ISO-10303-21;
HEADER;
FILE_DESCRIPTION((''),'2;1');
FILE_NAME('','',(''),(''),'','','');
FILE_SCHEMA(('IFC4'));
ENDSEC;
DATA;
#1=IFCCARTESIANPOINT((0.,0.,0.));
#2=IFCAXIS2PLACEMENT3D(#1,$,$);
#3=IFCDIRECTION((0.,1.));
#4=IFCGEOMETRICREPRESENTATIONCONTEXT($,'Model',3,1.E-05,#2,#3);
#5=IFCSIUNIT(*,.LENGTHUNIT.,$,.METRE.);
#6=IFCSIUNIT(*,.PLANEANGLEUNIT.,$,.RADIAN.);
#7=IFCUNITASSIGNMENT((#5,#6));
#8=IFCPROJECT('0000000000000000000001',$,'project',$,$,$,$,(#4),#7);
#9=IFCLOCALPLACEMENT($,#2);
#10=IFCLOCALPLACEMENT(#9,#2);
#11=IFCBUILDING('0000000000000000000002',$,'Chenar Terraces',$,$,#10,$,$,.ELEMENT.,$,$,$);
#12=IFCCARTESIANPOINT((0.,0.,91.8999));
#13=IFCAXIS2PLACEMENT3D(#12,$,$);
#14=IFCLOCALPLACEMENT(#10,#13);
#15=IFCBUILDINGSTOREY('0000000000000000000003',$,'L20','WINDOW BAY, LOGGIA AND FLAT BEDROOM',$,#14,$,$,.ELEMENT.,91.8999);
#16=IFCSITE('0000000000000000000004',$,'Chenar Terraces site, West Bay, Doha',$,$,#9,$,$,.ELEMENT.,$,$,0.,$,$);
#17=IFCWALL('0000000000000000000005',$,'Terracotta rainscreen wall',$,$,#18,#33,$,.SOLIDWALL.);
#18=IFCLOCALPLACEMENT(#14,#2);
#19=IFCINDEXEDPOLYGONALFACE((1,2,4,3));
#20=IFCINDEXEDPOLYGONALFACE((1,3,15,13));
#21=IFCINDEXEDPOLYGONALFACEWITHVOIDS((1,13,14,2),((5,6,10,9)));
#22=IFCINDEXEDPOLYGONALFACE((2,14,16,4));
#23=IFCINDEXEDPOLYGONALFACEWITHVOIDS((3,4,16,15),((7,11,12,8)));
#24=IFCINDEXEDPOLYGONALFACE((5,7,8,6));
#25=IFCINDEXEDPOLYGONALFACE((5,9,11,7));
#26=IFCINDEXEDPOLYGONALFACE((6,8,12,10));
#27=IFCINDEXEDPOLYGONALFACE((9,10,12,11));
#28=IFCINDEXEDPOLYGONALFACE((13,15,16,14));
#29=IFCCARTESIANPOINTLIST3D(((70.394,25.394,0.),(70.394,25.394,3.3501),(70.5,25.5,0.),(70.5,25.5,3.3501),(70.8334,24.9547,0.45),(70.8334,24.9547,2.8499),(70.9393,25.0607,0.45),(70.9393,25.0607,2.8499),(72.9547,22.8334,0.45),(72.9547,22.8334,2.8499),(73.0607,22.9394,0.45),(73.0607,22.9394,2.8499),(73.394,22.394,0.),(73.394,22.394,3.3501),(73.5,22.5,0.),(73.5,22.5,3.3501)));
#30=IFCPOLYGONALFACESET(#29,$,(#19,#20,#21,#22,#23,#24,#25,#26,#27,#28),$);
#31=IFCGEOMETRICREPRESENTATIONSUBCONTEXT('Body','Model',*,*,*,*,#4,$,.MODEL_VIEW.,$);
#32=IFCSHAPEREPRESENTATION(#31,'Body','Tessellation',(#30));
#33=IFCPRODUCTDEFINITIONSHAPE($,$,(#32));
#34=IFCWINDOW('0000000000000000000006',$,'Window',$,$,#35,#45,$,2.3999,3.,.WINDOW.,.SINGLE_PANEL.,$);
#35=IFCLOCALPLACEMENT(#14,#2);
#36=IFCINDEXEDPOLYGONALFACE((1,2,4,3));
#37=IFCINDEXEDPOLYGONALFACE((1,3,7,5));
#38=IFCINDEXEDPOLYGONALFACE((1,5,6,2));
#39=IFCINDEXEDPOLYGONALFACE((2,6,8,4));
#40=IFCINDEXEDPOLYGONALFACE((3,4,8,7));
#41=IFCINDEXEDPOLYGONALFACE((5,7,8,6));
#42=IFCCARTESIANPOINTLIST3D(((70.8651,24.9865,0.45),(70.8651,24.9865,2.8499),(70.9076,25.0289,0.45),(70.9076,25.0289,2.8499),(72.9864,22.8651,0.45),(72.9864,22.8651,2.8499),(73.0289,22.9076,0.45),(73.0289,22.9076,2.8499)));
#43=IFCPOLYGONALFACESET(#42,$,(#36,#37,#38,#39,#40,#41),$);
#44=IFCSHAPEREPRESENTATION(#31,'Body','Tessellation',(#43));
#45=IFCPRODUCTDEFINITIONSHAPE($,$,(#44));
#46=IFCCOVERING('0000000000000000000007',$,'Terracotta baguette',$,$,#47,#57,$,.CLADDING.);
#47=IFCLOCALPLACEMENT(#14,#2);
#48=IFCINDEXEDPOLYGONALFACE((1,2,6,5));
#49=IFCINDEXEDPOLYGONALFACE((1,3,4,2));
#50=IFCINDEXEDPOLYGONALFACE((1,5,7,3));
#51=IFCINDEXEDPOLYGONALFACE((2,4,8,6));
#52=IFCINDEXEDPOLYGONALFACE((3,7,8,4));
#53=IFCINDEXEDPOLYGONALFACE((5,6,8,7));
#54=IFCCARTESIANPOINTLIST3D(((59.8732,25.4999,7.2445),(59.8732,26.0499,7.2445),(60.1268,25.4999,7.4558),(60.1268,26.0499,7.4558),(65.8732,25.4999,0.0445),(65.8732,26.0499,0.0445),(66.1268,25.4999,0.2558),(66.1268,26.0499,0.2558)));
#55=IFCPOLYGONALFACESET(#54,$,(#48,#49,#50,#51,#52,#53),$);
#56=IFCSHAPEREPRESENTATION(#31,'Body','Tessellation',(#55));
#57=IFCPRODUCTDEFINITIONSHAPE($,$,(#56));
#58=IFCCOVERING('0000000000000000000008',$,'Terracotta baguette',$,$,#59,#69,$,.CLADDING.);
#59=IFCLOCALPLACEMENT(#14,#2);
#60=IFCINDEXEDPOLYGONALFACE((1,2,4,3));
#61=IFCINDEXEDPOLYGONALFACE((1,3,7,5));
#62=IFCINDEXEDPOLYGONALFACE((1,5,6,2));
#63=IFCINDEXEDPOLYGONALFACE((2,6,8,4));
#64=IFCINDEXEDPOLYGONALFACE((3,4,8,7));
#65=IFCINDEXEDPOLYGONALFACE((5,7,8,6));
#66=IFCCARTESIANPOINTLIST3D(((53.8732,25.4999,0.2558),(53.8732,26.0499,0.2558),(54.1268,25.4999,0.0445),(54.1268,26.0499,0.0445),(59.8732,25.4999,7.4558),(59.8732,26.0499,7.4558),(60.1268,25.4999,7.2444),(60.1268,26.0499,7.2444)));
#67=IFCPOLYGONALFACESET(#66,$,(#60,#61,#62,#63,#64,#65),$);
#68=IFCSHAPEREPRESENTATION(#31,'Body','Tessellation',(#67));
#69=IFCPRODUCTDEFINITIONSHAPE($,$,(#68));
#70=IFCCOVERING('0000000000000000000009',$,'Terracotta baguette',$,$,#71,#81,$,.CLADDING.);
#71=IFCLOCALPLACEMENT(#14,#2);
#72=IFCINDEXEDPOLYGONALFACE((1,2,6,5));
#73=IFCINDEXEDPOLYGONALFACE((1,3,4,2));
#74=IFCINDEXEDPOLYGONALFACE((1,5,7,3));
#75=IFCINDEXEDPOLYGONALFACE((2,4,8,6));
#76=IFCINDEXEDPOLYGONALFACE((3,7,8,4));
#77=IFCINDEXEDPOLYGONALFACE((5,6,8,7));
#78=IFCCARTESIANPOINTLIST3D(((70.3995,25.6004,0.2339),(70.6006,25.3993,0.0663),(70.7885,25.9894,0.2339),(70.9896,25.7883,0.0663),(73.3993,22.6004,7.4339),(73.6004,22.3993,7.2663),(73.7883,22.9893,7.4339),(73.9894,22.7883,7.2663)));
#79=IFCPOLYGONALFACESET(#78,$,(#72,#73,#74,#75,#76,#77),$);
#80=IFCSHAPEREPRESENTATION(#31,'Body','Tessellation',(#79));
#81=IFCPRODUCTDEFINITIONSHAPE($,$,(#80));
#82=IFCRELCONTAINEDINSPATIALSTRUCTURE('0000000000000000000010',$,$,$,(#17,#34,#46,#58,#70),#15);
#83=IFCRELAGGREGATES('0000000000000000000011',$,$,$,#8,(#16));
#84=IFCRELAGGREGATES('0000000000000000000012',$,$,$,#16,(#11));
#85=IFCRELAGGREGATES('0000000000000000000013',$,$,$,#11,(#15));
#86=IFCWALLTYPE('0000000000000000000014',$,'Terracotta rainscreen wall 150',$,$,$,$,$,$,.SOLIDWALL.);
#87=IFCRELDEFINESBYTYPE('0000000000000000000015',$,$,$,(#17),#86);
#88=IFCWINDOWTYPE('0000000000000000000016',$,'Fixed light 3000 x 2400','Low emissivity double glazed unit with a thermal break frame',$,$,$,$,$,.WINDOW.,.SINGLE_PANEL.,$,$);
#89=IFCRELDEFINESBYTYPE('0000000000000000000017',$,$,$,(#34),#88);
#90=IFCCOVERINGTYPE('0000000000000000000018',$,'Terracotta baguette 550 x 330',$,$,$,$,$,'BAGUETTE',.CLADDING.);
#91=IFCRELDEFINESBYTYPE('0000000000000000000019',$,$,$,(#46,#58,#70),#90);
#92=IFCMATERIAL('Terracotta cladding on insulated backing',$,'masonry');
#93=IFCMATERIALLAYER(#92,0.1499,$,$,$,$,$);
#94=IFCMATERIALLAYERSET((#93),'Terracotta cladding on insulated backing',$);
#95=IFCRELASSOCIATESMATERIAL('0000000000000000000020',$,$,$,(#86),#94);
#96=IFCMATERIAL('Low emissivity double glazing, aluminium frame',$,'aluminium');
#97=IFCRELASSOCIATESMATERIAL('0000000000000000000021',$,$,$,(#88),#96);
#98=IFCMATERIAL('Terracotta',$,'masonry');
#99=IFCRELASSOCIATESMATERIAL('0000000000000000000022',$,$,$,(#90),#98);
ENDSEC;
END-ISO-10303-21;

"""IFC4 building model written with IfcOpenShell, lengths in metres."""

from ifc_helpers import new_model, si_unit, direction, frame, frame_2d, origin, origin_2d, place, context, subcontext, project, spatial, rectangle, extrude, material, layer, layer_set, material_profile, profile_set, type_object, element, fill, save


model = new_model("IFC4")

# Units and contexts
model_context = context("Model", 3, precision=1e-05, world=origin(), true_north=direction((0.0, 1.0)))
body_context = subcontext(model_context, "Body", "Model", "MODEL_VIEW")
ifc_project = project(units=[si_unit("LENGTHUNIT", "METRE"), si_unit("PLANEANGLEUNIT", "RADIAN")], contexts=[model_context])

# Site, building, storey
site_placement = place(None, origin())
site = spatial("IfcSite", under=ifc_project, at=site_placement, Name="Chenar Terraces site, West Bay, Doha", CompositionType="ELEMENT", RefElevation=0.0)
building_placement = place(site_placement, origin())
building = spatial("IfcBuilding", under=site, at=building_placement, Name="Chenar Terraces", CompositionType="ELEMENT")
storey_placement = place(building_placement, frame((0.0, 0.0, 91.8999)))
storey = spatial("IfcBuildingStorey", under=building, at=storey_placement, Name="L20", Description="WINDOW BAY, LOGGIA AND FLAT BEDROOM", CompositionType="ELEMENT", Elevation=91.8999)

# Wall, opening, window
ifc_material_1 = material(Name="Terracotta cladding on insulated backing", Category="masonry")
ifc_layer_1 = layer(ifc_material_1, 0.1499)
ifc_layer_set_1 = layer_set([ifc_layer_1], Name="Terracotta cladding on insulated backing")
wall_type_1 = type_object("IfcWallType", Name="Terracotta rainscreen wall 150", PredefinedType="SOLIDWALL", material=ifc_layer_set_1)
wall_1_placement = place(storey_placement, frame((73.447, 22.447, 0.0), z_axis=(0.0, 0.0, 1.0), x_axis=(-0.707107, 0.707107, 0.0)))
wall_1 = element("IfcWall", 1, at=wall_1_placement, inside=storey, type_object=wall_type_1, Name="Terracotta rainscreen wall", PredefinedType="SOLIDWALL", context=body_context, shape_type="SweptSolid", body=[
    extrude(rectangle(XDim=4.2427, YDim=0.1499, at=frame_2d((2.1213, 0.0))), origin(), (0.0, 0.0, 1.0), 3.3501),
])
opening_1_placement = place(wall_1_placement, frame((0.6213, 0.0, 0.45)))
opening_1 = element("IfcOpeningElement", 2, at=opening_1_placement, cuts=wall_1, PredefinedType="OPENING", context=body_context, shape_type="SweptSolid", body=[
    extrude(rectangle(XDim=3.0, YDim=2.3999, at=frame_2d((1.5, 1.2))), frame((0.0, 0.085, 0.0), z_axis=(0.0, -1.0, 0.0), x_axis=(1.0, 0.0, 0.0)), (0.0, 0.0, 1.0), 0.1699),
])
ifc_material_2 = material(Name="Low emissivity double glazing, aluminium frame", Category="aluminium")
window_type_1 = type_object("IfcWindowType", Name="Fixed light 3000 x 2400", Description="Low emissivity double glazed unit with a thermal break frame", PartitioningType="SINGLE_PANEL", PredefinedType="WINDOW", material=ifc_material_2)
window_1_placement = place(opening_1_placement, origin())
window_1 = element("IfcWindow", 3, at=window_1_placement, inside=storey, type_object=window_type_1, Name="Window", OverallHeight=2.3999, OverallWidth=3.0, PartitioningType="SINGLE_PANEL", PredefinedType="WINDOW", context=body_context, shape_type="SweptSolid", body=[
    extrude(rectangle(XDim=3.0, YDim=2.3999, at=frame_2d((1.5, 1.2))), frame((0.0, 0.03, 0.0), z_axis=(0.0, -1.0, 0.0), x_axis=(1.0, 0.0, 0.0)), (0.0, 0.0, 1.0), 0.0601),
])
fill(opening_1, window_1)

# Coverings
ifc_material_3 = material(Name="Terracotta", Category="masonry")
ifc_material_profile_1 = material_profile(ifc_material_3, rectangle(XDim=0.55, YDim=0.3301, at=origin_2d()), Name="Terracotta baguette 550 x 330")
ifc_profile_set_1 = profile_set([ifc_material_profile_1], Name="Terracotta")
covering_type = type_object("IfcCoveringType", Name="Terracotta baguette 550 x 330", ElementType="BAGUETTE", PredefinedType="CLADDING", material=ifc_profile_set_1)
for number, where, z_axis, x_axis, name in (
    (4, (66.0, 25.7749, 0.1501), (-0.640187, 0.0, 0.768219), (0.0, -1.0, 0.0), "Terracotta baguette"),
    (5, (60.0, 25.7749, 7.3501), (-0.640187, 0.0, -0.768219), (0.0, -1.0, 0.0), "Terracotta baguette"),
):
    element("IfcCovering", number, at=place(storey_placement, frame(where, z_axis=z_axis, x_axis=x_axis)), inside=storey, type_object=covering_type, Name=name, PredefinedType="CLADDING", context=body_context, shape_type="SweptSolid", body=[
        extrude(rectangle(XDim=0.55, YDim=0.3301, at=origin_2d()), origin(), (0.0, 0.0, 1.0), 9.3723),
    ])
covering_placement = place(storey_placement, frame((73.6943, 22.6943, 7.3501), z_axis=(-0.358955, 0.358985, -0.861557), x_axis=(-0.707136, -0.707078, 0.0)))
element("IfcCovering", 6, at=covering_placement, inside=storey, type_object=covering_type, Name="Terracotta baguette", PredefinedType="CLADDING", context=body_context, shape_type="SweptSolid", body=[
    extrude(rectangle(XDim=0.55, YDim=0.3301, at=origin_2d()), origin(), (0.0, 0.0, 1.0), 8.3569),
])

save(model, "model.ifc")
